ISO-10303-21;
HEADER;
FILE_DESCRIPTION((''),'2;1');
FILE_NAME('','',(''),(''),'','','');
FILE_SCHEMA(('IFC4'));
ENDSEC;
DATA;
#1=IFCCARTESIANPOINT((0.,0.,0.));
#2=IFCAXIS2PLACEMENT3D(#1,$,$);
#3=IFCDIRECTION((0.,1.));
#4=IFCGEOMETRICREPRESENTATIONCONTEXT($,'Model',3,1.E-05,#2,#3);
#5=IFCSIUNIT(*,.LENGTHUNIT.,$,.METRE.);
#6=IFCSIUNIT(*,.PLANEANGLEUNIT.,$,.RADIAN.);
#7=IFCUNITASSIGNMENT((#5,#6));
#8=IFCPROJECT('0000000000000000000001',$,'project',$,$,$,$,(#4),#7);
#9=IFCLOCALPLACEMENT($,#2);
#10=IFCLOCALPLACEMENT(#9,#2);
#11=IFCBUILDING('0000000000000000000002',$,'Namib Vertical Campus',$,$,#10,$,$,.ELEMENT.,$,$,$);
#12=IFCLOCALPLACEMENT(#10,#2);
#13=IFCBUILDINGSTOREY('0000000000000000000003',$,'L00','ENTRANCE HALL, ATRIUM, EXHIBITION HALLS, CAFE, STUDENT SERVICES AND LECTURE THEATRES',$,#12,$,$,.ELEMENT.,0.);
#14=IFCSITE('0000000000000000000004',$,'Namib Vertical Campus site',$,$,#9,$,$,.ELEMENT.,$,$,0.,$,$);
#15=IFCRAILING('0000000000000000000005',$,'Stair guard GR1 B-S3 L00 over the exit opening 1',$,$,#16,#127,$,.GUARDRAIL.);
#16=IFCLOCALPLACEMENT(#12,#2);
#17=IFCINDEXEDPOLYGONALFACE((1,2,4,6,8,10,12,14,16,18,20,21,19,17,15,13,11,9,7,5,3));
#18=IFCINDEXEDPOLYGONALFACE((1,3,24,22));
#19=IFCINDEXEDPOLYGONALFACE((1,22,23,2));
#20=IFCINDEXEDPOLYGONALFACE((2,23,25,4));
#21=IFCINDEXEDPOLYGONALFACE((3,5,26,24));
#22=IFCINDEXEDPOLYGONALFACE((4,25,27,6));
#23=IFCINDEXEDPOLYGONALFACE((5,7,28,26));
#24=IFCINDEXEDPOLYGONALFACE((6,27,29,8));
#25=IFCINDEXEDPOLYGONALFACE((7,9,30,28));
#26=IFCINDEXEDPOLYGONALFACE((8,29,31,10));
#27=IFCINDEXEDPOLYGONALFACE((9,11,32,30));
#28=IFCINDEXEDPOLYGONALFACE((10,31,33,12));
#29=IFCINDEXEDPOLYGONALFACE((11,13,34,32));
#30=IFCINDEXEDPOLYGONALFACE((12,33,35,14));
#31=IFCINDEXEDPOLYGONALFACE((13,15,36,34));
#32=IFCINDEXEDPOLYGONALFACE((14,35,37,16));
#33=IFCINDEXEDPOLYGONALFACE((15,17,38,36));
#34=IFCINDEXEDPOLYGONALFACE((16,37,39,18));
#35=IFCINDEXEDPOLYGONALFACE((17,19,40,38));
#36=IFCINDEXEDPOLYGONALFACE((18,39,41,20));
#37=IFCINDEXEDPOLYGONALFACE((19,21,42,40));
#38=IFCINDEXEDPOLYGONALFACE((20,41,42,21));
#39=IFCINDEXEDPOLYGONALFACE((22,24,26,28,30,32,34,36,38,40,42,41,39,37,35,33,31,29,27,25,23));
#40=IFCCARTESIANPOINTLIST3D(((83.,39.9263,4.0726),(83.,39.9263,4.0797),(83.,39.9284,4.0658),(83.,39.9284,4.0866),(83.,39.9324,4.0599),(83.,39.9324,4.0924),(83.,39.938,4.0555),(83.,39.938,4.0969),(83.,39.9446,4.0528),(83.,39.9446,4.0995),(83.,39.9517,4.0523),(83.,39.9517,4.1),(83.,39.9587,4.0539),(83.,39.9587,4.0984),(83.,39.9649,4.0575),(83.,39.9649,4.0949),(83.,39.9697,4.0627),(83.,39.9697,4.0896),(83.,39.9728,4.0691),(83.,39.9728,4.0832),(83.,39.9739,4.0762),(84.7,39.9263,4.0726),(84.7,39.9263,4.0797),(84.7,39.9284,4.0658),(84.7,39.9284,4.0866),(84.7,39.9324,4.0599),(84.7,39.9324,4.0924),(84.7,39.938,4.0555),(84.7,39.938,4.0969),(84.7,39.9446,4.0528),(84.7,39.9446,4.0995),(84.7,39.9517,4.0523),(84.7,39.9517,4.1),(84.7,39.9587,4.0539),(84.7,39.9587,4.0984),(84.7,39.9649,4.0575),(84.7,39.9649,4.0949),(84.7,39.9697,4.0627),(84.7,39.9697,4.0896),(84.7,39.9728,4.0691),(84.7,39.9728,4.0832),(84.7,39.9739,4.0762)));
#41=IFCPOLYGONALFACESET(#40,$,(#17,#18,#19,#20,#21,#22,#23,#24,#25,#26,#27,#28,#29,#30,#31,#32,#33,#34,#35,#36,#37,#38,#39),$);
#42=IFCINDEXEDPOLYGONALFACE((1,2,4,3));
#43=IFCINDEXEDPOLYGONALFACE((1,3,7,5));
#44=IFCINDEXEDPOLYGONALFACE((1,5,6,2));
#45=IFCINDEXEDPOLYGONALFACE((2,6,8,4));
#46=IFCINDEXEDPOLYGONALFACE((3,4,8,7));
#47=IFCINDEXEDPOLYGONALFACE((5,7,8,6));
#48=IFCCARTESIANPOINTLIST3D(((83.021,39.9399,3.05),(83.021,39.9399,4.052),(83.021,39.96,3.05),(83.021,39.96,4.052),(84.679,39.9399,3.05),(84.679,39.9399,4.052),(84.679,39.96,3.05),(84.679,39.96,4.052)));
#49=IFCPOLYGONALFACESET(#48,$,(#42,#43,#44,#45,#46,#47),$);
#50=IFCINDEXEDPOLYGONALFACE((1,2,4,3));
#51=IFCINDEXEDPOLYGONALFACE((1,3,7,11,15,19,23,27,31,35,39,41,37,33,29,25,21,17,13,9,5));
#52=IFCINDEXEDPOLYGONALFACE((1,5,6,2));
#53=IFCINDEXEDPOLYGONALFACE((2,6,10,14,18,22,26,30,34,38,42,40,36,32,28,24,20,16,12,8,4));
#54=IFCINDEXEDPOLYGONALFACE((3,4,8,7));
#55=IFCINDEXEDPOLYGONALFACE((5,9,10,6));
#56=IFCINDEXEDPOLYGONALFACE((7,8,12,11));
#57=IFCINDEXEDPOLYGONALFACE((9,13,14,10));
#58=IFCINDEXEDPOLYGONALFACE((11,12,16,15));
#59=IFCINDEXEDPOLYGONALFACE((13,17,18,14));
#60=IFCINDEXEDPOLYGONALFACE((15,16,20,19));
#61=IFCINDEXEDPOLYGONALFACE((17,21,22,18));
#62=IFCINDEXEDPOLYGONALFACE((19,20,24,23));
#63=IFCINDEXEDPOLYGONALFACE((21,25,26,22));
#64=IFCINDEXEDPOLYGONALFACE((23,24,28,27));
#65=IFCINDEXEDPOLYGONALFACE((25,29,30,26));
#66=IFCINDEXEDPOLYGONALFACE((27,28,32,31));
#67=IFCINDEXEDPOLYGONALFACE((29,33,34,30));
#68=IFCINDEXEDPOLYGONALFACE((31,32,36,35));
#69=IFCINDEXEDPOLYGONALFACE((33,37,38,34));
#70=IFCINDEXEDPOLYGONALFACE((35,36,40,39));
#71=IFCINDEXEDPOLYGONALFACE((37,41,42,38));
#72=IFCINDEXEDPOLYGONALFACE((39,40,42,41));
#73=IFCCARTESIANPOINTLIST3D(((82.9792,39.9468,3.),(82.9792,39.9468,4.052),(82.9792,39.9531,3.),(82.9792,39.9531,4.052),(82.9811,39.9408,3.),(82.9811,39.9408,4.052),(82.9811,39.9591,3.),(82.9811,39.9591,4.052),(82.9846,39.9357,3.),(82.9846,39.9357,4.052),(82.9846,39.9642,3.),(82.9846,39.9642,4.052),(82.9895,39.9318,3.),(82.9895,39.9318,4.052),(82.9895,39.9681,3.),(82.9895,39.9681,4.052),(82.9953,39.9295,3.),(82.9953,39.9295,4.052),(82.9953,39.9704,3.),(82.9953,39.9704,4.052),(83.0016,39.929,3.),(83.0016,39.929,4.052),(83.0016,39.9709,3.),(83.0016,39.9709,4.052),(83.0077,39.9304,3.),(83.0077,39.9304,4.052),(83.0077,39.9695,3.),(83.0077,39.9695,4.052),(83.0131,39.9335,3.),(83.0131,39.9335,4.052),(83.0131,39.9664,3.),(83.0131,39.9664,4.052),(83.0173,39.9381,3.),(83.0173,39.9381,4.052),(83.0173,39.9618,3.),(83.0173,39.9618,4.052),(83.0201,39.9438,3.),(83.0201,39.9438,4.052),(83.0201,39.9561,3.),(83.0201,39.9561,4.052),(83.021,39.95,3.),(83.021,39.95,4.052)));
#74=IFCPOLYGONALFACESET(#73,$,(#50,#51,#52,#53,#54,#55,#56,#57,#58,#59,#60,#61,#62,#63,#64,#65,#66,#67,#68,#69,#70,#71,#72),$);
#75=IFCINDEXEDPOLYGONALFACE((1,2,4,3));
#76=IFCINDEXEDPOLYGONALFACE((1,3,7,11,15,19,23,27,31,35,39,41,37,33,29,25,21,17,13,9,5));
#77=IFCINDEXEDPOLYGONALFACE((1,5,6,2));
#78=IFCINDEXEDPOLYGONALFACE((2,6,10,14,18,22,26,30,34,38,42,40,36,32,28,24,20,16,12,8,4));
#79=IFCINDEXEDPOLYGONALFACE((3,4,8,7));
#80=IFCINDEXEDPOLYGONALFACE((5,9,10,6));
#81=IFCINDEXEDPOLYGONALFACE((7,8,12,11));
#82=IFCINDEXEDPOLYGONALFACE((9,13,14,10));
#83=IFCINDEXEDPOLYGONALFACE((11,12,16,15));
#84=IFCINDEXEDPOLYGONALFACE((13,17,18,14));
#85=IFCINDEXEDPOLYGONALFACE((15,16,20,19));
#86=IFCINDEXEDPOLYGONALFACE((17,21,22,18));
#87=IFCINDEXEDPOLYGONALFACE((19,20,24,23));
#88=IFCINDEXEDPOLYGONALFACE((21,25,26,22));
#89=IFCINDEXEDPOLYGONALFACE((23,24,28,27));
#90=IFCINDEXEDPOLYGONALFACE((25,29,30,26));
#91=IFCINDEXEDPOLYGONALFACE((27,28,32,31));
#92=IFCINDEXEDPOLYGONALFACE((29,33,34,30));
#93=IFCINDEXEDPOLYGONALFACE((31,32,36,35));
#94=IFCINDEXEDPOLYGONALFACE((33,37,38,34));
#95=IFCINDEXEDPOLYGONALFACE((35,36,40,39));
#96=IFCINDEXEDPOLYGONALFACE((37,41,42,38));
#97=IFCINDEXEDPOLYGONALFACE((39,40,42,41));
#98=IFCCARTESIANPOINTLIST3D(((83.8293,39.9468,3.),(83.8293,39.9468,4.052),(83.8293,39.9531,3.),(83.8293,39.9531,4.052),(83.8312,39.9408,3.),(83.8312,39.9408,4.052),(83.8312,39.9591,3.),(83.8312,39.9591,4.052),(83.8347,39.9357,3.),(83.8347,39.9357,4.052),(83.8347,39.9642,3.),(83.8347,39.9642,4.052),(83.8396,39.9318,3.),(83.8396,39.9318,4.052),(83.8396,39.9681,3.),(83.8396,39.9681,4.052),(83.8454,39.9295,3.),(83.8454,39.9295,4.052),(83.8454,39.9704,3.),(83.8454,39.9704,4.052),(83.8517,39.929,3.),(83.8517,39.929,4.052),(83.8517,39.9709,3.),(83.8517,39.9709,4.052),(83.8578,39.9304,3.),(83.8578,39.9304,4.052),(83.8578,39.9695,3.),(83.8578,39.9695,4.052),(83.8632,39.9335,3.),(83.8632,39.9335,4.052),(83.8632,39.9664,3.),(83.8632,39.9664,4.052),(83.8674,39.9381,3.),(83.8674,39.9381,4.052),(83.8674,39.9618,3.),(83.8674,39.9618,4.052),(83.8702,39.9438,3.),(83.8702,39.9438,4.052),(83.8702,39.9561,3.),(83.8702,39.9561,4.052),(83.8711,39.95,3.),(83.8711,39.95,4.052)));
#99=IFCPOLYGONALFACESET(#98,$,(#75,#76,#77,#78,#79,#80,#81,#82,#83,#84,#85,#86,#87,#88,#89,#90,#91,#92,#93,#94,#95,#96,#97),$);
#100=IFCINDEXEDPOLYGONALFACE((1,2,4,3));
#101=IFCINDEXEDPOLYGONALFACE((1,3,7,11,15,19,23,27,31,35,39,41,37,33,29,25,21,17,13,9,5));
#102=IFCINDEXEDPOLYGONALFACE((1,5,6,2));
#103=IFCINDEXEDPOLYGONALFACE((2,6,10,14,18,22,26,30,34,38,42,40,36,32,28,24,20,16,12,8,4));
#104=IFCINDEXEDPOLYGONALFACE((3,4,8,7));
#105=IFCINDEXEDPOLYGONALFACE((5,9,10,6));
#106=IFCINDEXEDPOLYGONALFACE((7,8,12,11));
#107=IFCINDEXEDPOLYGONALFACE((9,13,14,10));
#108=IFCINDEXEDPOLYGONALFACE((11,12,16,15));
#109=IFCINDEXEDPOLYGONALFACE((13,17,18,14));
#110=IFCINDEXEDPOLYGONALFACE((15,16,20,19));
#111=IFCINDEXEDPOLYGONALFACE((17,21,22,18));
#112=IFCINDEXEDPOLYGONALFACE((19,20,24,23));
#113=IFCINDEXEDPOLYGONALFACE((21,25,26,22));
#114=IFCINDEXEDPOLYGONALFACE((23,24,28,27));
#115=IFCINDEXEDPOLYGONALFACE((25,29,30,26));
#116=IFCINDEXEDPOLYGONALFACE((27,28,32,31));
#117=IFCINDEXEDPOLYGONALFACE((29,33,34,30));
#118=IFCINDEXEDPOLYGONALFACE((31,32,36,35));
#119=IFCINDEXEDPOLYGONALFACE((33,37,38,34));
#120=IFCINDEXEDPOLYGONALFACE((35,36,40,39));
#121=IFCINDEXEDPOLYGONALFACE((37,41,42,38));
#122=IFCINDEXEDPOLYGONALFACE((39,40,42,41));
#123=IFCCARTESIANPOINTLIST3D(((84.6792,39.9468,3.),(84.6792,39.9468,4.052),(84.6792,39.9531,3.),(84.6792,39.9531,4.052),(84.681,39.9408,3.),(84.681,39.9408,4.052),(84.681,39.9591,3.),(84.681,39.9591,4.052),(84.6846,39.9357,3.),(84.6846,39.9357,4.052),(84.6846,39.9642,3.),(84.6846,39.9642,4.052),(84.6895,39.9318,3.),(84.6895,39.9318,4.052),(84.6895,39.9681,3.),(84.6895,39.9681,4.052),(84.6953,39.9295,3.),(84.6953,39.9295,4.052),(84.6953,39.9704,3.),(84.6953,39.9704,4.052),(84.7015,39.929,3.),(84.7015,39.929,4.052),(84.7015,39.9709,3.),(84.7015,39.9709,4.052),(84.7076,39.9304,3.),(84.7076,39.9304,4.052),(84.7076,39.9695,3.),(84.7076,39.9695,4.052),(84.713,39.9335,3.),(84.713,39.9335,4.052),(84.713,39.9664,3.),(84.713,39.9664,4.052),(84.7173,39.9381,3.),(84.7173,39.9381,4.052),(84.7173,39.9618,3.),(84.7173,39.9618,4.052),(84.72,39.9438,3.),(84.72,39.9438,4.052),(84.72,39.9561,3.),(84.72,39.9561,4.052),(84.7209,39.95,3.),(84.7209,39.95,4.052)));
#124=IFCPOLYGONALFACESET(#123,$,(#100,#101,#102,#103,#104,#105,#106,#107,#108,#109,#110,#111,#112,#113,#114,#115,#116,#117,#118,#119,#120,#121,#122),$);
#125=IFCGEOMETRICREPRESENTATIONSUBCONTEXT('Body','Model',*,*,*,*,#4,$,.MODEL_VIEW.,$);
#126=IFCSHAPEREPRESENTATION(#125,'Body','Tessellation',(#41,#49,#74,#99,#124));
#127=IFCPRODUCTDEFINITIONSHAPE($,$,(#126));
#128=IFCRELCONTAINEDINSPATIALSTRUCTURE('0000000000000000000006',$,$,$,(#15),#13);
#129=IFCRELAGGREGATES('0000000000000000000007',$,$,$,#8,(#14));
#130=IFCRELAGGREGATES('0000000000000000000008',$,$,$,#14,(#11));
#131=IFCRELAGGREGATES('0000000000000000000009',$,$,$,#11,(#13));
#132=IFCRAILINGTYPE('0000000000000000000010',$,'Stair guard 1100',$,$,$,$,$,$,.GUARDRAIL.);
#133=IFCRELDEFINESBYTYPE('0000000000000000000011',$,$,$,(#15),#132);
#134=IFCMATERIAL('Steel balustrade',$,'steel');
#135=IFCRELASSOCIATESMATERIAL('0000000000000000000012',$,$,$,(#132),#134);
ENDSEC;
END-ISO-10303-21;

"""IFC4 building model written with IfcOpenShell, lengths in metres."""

from ifc_helpers import new_model, si_unit, direction, frame, origin, origin_2d, place, context, subcontext, project, spatial, polyline, circle, outline, extrude, material, type_object, element, save


model = new_model("IFC4")

# Units and contexts
model_context = context("Model", 3, precision=1e-05, world=origin(), true_north=direction((0.0, 1.0)))
body_context = subcontext(model_context, "Body", "Model", "MODEL_VIEW")
ifc_project = project(units=[si_unit("LENGTHUNIT", "METRE"), si_unit("PLANEANGLEUNIT", "RADIAN")], contexts=[model_context])

# Site, building, storey
site_placement = place(None, origin())
site = spatial("IfcSite", under=ifc_project, at=site_placement, Name="Namib Vertical Campus site", CompositionType="ELEMENT", RefElevation=0.0)
building_placement = place(site_placement, origin())
building = spatial("IfcBuilding", under=site, at=building_placement, Name="Namib Vertical Campus", CompositionType="ELEMENT")
storey_placement = place(building_placement, origin())
storey = spatial("IfcBuildingStorey", under=building, at=storey_placement, Name="L00", Description="ENTRANCE HALL, ATRIUM, EXHIBITION HALLS, CAFE, STUDENT SERVICES AND LECTURE THEATRES", CompositionType="ELEMENT", Elevation=0.0)

# Railing
ifc_material_1 = material(Name="Steel balustrade", Category="steel")
railing_type_1 = type_object("IfcRailingType", Name="Stair guard 1100", PredefinedType="GUARDRAIL", material=ifc_material_1)
railing_1_placement = place(storey_placement, frame((83.0, 39.95, 3.0)))
element("IfcRailing", 1, at=railing_1_placement, inside=storey, type_object=railing_type_1, Name="Stair guard GR1 B-S3 L00 over the exit opening 1", PredefinedType="GUARDRAIL", context=body_context, shape_type="SweptSolid", body=[
    extrude(circle(Radius=0.0239, at=origin_2d()), frame((0.0, 0.0, 1.0762), z_axis=(1.0, 0.0, 0.0), x_axis=(0.0, 1.0, 0.0)), (0.0, 0.0, 1.0), 1.7),
    extrude(outline(polyline([(0.021, 0.05), (1.679, 0.05), (1.679, 1.052), (0.021, 1.052), (0.021, 0.05)])), frame((0.0, 0.01, 0.0), z_axis=(0.0, -1.0, 0.0), x_axis=(1.0, 0.0, 0.0)), (0.0, 0.0, 1.0), 0.02),
    extrude(circle(Radius=0.021, at=origin_2d()), origin(), (0.0, 0.0, 1.0), 1.052),
    extrude(circle(Radius=0.021, at=origin_2d()), frame((0.8501, 0.0, 0.0)), (0.0, 0.0, 1.0), 1.052),
    extrude(circle(Radius=0.021, at=origin_2d()), frame((1.7, 0.0, 0.0)), (0.0, 0.0, 1.0), 1.052),
])

save(model, "model.ifc")
